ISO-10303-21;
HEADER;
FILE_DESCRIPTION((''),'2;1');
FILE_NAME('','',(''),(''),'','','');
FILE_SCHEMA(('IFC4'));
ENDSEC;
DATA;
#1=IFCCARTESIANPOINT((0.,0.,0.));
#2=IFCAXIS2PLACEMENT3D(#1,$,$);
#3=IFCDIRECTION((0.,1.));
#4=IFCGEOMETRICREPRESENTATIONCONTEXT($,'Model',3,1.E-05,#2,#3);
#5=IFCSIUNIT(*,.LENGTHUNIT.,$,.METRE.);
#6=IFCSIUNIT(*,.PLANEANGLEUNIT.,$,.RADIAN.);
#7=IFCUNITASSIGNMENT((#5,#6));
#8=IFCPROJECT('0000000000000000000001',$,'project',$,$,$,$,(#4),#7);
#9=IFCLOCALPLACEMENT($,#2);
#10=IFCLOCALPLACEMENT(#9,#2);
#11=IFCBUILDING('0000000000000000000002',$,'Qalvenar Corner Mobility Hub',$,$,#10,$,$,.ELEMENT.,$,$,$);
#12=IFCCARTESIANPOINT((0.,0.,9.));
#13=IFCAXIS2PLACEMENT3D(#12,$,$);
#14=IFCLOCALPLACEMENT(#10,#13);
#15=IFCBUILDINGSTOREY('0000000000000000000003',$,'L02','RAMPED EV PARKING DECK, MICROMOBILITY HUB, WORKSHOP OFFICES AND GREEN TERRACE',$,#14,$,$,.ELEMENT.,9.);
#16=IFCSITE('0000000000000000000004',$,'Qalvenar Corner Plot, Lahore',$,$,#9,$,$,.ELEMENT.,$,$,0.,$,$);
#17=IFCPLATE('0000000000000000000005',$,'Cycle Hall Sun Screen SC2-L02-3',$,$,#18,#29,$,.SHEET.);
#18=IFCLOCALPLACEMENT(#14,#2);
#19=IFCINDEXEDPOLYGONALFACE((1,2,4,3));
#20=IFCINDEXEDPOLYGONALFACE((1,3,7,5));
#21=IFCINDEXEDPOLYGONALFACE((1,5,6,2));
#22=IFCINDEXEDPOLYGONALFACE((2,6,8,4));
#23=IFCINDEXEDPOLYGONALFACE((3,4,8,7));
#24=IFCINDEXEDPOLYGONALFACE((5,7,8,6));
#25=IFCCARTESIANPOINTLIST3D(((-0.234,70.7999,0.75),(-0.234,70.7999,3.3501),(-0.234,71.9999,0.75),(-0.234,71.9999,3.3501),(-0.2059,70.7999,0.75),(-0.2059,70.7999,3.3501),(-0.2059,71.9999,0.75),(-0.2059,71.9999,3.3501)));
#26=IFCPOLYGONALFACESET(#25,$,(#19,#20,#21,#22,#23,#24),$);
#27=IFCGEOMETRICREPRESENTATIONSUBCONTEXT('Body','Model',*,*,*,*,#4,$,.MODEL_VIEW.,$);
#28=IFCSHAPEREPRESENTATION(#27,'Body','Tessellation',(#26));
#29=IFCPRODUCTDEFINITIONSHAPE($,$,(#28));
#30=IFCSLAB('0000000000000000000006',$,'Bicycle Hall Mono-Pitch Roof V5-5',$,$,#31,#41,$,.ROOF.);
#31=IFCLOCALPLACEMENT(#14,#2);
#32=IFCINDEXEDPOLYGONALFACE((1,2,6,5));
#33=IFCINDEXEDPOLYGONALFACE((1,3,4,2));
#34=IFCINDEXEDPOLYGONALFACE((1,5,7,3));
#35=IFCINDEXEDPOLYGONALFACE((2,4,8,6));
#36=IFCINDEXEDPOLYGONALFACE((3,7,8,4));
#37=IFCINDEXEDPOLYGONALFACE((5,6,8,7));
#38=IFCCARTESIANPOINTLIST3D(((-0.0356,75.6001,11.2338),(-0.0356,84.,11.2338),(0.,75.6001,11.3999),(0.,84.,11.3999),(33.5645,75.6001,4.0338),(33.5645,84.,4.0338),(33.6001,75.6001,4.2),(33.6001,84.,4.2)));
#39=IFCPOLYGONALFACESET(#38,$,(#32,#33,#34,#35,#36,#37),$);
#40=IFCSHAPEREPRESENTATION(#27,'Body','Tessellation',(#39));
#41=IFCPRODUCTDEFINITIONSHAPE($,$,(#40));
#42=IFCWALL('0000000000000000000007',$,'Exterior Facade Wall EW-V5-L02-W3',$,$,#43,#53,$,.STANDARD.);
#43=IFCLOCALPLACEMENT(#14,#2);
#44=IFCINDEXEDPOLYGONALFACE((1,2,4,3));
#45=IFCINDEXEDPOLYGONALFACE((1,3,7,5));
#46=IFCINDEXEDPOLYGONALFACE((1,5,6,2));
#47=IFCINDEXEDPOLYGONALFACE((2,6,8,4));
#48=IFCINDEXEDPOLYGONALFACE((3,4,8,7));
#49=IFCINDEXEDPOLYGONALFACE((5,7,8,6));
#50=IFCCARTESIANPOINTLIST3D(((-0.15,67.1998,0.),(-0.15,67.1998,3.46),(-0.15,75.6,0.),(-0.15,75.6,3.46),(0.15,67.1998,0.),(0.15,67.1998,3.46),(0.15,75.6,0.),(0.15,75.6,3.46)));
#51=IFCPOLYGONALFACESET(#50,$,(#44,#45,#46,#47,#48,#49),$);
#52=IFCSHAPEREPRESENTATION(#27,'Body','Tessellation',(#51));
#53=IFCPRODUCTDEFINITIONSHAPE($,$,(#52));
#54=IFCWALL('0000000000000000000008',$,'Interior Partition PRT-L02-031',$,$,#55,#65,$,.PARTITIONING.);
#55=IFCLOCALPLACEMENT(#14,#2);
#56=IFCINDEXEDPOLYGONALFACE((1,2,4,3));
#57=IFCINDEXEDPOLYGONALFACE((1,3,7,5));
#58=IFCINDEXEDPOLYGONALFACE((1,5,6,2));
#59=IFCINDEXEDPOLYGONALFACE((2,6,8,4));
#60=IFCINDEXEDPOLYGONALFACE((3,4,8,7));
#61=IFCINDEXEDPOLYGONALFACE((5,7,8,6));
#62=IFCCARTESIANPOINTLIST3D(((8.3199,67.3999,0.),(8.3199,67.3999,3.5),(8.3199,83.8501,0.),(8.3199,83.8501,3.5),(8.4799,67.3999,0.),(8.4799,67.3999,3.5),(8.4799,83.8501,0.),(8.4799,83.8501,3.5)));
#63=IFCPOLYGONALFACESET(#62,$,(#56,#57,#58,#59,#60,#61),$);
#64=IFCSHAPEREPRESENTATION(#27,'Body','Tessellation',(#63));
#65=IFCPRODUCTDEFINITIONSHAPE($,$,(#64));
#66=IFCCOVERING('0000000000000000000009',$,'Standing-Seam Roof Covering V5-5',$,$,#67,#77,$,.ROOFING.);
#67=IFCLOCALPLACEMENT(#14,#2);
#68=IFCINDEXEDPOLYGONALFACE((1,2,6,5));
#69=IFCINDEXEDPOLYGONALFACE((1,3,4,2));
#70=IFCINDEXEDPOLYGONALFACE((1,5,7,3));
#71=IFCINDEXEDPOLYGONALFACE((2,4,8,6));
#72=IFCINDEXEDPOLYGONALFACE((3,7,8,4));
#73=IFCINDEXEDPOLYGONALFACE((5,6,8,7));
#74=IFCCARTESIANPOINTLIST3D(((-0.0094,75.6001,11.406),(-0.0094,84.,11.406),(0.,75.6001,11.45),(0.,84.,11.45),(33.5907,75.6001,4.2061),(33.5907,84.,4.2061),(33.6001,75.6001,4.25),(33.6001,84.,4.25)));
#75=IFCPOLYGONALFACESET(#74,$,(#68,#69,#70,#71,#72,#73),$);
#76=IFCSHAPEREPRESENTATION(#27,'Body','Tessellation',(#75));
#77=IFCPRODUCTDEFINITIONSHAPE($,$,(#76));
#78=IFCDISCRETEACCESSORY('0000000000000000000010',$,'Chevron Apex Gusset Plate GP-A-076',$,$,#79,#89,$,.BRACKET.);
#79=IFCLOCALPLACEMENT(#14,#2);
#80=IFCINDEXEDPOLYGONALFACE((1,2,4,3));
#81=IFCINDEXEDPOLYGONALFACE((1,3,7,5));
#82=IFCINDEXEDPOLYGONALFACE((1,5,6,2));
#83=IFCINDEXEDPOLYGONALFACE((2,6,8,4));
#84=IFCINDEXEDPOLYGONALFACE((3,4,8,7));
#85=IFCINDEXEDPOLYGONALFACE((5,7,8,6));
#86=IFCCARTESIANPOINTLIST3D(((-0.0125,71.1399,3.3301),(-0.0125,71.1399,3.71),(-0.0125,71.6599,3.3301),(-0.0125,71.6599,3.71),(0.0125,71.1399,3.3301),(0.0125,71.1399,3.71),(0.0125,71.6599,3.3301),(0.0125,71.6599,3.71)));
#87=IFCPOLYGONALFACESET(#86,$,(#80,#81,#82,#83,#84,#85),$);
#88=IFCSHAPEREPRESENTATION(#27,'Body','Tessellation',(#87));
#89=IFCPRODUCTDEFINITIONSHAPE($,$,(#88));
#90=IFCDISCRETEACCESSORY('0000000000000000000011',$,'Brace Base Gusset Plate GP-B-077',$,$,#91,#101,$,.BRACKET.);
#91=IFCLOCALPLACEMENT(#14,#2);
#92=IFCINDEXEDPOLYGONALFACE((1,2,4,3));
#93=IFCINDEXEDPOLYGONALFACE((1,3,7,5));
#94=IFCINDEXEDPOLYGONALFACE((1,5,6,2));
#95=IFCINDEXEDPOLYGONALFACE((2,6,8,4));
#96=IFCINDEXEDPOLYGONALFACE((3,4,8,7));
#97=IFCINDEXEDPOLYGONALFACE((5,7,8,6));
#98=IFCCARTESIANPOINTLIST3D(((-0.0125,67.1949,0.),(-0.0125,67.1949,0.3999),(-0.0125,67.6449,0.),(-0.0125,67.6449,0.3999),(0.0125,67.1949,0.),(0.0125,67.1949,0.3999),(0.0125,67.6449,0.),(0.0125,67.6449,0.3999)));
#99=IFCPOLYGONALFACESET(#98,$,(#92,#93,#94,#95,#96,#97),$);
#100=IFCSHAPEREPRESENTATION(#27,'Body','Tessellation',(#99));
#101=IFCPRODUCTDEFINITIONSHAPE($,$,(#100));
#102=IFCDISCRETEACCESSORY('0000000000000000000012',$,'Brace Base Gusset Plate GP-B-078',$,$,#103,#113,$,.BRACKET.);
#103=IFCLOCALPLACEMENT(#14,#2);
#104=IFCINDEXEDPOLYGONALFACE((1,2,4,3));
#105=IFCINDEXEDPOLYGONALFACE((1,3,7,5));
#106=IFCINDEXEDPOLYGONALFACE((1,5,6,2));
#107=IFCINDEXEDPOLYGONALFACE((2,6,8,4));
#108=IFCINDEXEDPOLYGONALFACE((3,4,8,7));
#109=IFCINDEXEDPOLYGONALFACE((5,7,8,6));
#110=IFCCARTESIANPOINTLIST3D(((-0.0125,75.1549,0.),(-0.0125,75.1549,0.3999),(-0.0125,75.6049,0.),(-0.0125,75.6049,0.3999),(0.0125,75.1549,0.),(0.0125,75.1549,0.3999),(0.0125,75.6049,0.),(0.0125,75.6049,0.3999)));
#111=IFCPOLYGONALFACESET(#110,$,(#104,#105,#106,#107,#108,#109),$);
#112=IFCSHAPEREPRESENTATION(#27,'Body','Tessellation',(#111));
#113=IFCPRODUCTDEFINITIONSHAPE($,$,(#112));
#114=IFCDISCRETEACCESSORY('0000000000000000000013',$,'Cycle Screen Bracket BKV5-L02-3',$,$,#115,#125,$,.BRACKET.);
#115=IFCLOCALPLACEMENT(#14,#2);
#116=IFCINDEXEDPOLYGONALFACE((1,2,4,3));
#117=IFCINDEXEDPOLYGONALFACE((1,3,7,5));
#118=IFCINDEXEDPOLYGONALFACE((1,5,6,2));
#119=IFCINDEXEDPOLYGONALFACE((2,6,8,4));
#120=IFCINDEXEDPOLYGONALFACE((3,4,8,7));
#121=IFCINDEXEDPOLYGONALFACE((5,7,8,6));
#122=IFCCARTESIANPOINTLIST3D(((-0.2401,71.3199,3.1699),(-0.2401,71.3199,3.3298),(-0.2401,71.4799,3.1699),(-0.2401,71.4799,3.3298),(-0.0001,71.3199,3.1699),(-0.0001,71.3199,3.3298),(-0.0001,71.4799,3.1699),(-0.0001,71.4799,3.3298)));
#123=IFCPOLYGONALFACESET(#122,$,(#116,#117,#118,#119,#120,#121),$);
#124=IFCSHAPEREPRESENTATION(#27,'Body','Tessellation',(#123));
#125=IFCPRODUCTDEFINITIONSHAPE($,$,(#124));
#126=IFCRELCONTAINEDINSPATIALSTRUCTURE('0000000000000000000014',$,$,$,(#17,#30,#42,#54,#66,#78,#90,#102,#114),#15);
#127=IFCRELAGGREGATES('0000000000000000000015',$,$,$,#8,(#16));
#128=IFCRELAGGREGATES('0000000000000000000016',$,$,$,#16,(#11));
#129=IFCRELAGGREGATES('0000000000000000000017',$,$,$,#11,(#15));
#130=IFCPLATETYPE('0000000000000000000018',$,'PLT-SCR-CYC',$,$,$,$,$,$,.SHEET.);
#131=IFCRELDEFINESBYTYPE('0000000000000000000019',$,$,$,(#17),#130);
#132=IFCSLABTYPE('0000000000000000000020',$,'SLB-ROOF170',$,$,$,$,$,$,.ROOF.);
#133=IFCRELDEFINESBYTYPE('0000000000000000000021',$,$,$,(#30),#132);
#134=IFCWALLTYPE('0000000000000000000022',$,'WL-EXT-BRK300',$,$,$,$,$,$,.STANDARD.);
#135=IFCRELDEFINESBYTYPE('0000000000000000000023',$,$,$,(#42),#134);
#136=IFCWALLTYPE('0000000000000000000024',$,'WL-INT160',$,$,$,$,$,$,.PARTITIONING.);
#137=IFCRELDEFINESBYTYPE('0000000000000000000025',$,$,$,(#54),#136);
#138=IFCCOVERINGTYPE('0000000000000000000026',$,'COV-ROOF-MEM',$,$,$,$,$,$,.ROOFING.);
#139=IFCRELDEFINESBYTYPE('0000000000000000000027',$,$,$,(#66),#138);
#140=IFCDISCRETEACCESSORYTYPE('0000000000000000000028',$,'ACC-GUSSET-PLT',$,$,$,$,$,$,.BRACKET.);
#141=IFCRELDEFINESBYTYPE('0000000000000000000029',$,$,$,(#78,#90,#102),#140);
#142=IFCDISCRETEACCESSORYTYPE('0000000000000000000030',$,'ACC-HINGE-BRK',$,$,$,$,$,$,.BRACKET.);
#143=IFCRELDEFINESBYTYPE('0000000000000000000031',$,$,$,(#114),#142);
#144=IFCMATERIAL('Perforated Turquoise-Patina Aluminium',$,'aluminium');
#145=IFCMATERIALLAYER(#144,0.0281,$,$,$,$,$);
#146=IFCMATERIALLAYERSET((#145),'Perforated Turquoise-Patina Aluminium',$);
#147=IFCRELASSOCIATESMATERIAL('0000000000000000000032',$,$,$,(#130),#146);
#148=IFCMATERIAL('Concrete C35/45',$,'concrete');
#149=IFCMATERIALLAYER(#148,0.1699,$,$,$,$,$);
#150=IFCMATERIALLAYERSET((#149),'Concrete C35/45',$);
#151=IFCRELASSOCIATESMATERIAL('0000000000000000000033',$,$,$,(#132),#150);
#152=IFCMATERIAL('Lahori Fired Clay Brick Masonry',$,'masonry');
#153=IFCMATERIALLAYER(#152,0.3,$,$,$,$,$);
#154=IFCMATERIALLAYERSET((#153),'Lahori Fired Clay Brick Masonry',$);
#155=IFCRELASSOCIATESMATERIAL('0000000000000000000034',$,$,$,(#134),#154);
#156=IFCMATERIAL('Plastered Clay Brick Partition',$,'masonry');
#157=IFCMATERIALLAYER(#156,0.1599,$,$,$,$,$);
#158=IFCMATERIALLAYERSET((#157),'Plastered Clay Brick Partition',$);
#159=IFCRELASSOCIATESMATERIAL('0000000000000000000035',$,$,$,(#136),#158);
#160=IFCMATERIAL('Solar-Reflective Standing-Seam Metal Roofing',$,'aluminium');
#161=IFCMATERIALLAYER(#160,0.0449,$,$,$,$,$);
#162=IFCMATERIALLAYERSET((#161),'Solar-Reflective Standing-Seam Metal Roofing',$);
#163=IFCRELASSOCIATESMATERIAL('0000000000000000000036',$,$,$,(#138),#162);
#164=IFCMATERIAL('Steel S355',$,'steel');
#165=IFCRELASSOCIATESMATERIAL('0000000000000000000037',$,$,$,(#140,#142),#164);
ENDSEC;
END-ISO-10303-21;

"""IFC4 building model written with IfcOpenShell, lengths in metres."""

from ifc_helpers import new_model, si_unit, direction, frame, frame_2d, origin, origin_2d, place, context, subcontext, project, spatial, polyline, rectangle, outline, extrude, material, layer, layer_set, type_object, element, save


model = new_model("IFC4")

# Units and contexts
model_context = context("Model", 3, precision=1e-05, world=origin(), true_north=direction((0.0, 1.0)))
body_context = subcontext(model_context, "Body", "Model", "MODEL_VIEW")
ifc_project = project(units=[si_unit("LENGTHUNIT", "METRE"), si_unit("PLANEANGLEUNIT", "RADIAN")], contexts=[model_context])

# Site, building, storey
site_placement = place(None, origin())
site = spatial("IfcSite", under=ifc_project, at=site_placement, Name="Qalvenar Corner Plot, Lahore", CompositionType="ELEMENT", RefElevation=0.0)
building_placement = place(site_placement, origin())
building = spatial("IfcBuilding", under=site, at=building_placement, Name="Qalvenar Corner Mobility Hub", CompositionType="ELEMENT")
storey_placement = place(building_placement, frame((0.0, 0.0, 9.0)))
storey = spatial("IfcBuildingStorey", under=building, at=storey_placement, Name="L02", Description="RAMPED EV PARKING DECK, MICROMOBILITY HUB, WORKSHOP OFFICES AND GREEN TERRACE", CompositionType="ELEMENT", Elevation=9.0)

# Shared definitions
ifc_material_1 = material(Name="Steel S355", Category="steel")

# Plate
ifc_material_2 = material(Name="Perforated Turquoise-Patina Aluminium", Category="aluminium")
ifc_layer_1 = layer(ifc_material_2, 0.0281)
ifc_layer_set_1 = layer_set([ifc_layer_1], Name="Perforated Turquoise-Patina Aluminium")
plate_type_1 = type_object("IfcPlateType", Name="PLT-SCR-CYC", PredefinedType="SHEET", material=ifc_layer_set_1)
plate_1_placement = place(storey_placement, frame((-0.22, 71.3999, 0.75), z_axis=(0.0, 0.0, 1.0), x_axis=(0.0, 1.0, 0.0)))
element("IfcPlate", 1, at=plate_1_placement, inside=storey, type_object=plate_type_1, Name="Cycle Hall Sun Screen SC2-L02-3", PredefinedType="SHEET", context=body_context, shape_type="SweptSolid", body=[
    extrude(rectangle(XDim=1.2, YDim=0.0281, at=origin_2d()), origin(), (0.0, 0.0, 1.0), 2.6001),
])

# Slab
ifc_material_3 = material(Name="Concrete C35/45", Category="concrete")
ifc_layer_2 = layer(ifc_material_3, 0.1699)
ifc_layer_set_2 = layer_set([ifc_layer_2], Name="Concrete C35/45")
slab_type = type_object("IfcSlabType", Name="SLB-ROOF170", PredefinedType="ROOF", material=ifc_layer_set_2)
slab_placement = place(storey_placement, frame((0.0, 75.6001, 11.3999), z_axis=(0.209527, 0.0, 0.977803), x_axis=(0.977803, 0.0, -0.209527)))
element("IfcSlab", 2, at=slab_placement, inside=storey, type_object=slab_type, Name="Bicycle Hall Mono-Pitch Roof V5-5", PredefinedType="ROOF", context=body_context, shape_type="SweptSolid", body=[
    extrude(outline(polyline([(0.0, 0.0), (34.3629, 0.0), (34.3629, 8.3999), (0.0, 8.3999), (0.0, 0.0)])), origin(), (0.0, 0.0, -1.0), 0.1699),
])

# Walls
ifc_material_4 = material(Name="Lahori Fired Clay Brick Masonry", Category="masonry")
ifc_layer_3 = layer(ifc_material_4, 0.3)
ifc_layer_set_3 = layer_set([ifc_layer_3], Name="Lahori Fired Clay Brick Masonry")
wall_type_1 = type_object("IfcWallType", Name="WL-EXT-BRK300", PredefinedType="STANDARD", material=ifc_layer_set_3)
wall_1_placement = place(storey_placement, frame((0.0, 75.6001, 0.0), z_axis=(0.0, 0.0, 1.0), x_axis=(0.0, -1.0, 0.0)))
element("IfcWall", 3, at=wall_1_placement, inside=storey, type_object=wall_type_1, Name="Exterior Facade Wall EW-V5-L02-W3", PredefinedType="STANDARD", context=body_context, shape_type="SweptSolid", body=[
    extrude(rectangle(XDim=8.4001, YDim=0.3, at=frame_2d((4.2002, 0.0))), origin(), (0.0, 0.0, 1.0), 3.46),
])
ifc_material_5 = material(Name="Plastered Clay Brick Partition", Category="masonry")
ifc_layer_4 = layer(ifc_material_5, 0.1599)
ifc_layer_set_4 = layer_set([ifc_layer_4], Name="Plastered Clay Brick Partition")
wall_type_2 = type_object("IfcWallType", Name="WL-INT160", PredefinedType="PARTITIONING", material=ifc_layer_set_4)
wall_2_placement = place(storey_placement, frame((8.3999, 67.3999, 0.0), z_axis=(0.0, 0.0, 1.0), x_axis=(0.0, 1.0, 0.0)))
element("IfcWall", 4, at=wall_2_placement, inside=storey, type_object=wall_type_2, Name="Interior Partition PRT-L02-031", PredefinedType="PARTITIONING", context=body_context, shape_type="SweptSolid", body=[
    extrude(rectangle(XDim=16.4502, YDim=0.1599, at=frame_2d((8.2251, 0.0))), origin(), (0.0, 0.0, 1.0), 3.5),
])

# Covering
ifc_material_6 = material(Name="Solar-Reflective Standing-Seam Metal Roofing", Category="aluminium")
ifc_layer_5 = layer(ifc_material_6, 0.0449)
ifc_layer_set_5 = layer_set([ifc_layer_5], Name="Solar-Reflective Standing-Seam Metal Roofing")
covering_type = type_object("IfcCoveringType", Name="COV-ROOF-MEM", PredefinedType="ROOFING", material=ifc_layer_set_5)
covering_placement = place(storey_placement, frame((0.0, 75.6001, 11.45), z_axis=(0.209527, 0.0, 0.977803), x_axis=(0.977803, 0.0, -0.209527)))
element("IfcCovering", 5, at=covering_placement, inside=storey, type_object=covering_type, Name="Standing-Seam Roof Covering V5-5", PredefinedType="ROOFING", context=body_context, shape_type="SweptSolid", body=[
    extrude(outline(polyline([(0.0, 0.0), (34.3629, 0.0), (34.3629, 8.3999), (0.0, 8.3999), (0.0, 0.0)])), origin(), (0.0, 0.0, -1.0), 0.0449),
])

# Discrete accessories
discrete_accessory_type_1 = type_object("IfcDiscreteAccessoryType", Name="ACC-GUSSET-PLT", PredefinedType="BRACKET", material=ifc_material_1)
discrete_accessory_1_placement = place(storey_placement, frame((0.0, 71.3999, 3.3301), z_axis=(0.0, 0.0, 1.0), x_axis=(0.0, 1.0, 0.0)))
element("IfcDiscreteAccessory", 6, at=discrete_accessory_1_placement, inside=storey, type_object=discrete_accessory_type_1, Name="Chevron Apex Gusset Plate GP-A-076", PredefinedType="BRACKET", context=body_context, shape_type="SweptSolid", body=[
    extrude(rectangle(XDim=0.52, YDim=0.0249, at=origin_2d()), origin(), (0.0, 0.0, 1.0), 0.3799),
])
for number, where, z_axis, x_axis, name in (
    (7, (0.0, 67.4199, 0.0), (0.0, 0.0, 1.0), (0.0, 1.0, 0.0), "Brace Base Gusset Plate GP-B-077"),
    (8, (0.0, 75.3799, 0.0), (0.0, 0.0, 1.0), (0.0, 1.0, 0.0), "Brace Base Gusset Plate GP-B-078"),
):
    element("IfcDiscreteAccessory", number, at=place(storey_placement, frame(where, z_axis=z_axis, x_axis=x_axis)), inside=storey, type_object=discrete_accessory_type_1, Name=name, PredefinedType="BRACKET", context=body_context, shape_type="SweptSolid", body=[
        extrude(rectangle(XDim=0.45, YDim=0.0249, at=origin_2d()), origin(), (0.0, 0.0, 1.0), 0.3999),
    ])
discrete_accessory_type_2 = type_object("IfcDiscreteAccessoryType", Name="ACC-HINGE-BRK", PredefinedType="BRACKET", material=ifc_material_1)
discrete_accessory_2_placement = place(storey_placement, frame((-0.1201, 71.3999, 3.1699), z_axis=(0.0, 0.0, 1.0), x_axis=(0.0, 1.0, 0.0)))
element("IfcDiscreteAccessory", 9, at=discrete_accessory_2_placement, inside=storey, type_object=discrete_accessory_type_2, Name="Cycle Screen Bracket BKV5-L02-3", PredefinedType="BRACKET", context=body_context, shape_type="SweptSolid", body=[
    extrude(rectangle(XDim=0.1599, YDim=0.24, at=origin_2d()), origin(), (0.0, 0.0, 1.0), 0.1599),
])

save(model, "model.ifc")
